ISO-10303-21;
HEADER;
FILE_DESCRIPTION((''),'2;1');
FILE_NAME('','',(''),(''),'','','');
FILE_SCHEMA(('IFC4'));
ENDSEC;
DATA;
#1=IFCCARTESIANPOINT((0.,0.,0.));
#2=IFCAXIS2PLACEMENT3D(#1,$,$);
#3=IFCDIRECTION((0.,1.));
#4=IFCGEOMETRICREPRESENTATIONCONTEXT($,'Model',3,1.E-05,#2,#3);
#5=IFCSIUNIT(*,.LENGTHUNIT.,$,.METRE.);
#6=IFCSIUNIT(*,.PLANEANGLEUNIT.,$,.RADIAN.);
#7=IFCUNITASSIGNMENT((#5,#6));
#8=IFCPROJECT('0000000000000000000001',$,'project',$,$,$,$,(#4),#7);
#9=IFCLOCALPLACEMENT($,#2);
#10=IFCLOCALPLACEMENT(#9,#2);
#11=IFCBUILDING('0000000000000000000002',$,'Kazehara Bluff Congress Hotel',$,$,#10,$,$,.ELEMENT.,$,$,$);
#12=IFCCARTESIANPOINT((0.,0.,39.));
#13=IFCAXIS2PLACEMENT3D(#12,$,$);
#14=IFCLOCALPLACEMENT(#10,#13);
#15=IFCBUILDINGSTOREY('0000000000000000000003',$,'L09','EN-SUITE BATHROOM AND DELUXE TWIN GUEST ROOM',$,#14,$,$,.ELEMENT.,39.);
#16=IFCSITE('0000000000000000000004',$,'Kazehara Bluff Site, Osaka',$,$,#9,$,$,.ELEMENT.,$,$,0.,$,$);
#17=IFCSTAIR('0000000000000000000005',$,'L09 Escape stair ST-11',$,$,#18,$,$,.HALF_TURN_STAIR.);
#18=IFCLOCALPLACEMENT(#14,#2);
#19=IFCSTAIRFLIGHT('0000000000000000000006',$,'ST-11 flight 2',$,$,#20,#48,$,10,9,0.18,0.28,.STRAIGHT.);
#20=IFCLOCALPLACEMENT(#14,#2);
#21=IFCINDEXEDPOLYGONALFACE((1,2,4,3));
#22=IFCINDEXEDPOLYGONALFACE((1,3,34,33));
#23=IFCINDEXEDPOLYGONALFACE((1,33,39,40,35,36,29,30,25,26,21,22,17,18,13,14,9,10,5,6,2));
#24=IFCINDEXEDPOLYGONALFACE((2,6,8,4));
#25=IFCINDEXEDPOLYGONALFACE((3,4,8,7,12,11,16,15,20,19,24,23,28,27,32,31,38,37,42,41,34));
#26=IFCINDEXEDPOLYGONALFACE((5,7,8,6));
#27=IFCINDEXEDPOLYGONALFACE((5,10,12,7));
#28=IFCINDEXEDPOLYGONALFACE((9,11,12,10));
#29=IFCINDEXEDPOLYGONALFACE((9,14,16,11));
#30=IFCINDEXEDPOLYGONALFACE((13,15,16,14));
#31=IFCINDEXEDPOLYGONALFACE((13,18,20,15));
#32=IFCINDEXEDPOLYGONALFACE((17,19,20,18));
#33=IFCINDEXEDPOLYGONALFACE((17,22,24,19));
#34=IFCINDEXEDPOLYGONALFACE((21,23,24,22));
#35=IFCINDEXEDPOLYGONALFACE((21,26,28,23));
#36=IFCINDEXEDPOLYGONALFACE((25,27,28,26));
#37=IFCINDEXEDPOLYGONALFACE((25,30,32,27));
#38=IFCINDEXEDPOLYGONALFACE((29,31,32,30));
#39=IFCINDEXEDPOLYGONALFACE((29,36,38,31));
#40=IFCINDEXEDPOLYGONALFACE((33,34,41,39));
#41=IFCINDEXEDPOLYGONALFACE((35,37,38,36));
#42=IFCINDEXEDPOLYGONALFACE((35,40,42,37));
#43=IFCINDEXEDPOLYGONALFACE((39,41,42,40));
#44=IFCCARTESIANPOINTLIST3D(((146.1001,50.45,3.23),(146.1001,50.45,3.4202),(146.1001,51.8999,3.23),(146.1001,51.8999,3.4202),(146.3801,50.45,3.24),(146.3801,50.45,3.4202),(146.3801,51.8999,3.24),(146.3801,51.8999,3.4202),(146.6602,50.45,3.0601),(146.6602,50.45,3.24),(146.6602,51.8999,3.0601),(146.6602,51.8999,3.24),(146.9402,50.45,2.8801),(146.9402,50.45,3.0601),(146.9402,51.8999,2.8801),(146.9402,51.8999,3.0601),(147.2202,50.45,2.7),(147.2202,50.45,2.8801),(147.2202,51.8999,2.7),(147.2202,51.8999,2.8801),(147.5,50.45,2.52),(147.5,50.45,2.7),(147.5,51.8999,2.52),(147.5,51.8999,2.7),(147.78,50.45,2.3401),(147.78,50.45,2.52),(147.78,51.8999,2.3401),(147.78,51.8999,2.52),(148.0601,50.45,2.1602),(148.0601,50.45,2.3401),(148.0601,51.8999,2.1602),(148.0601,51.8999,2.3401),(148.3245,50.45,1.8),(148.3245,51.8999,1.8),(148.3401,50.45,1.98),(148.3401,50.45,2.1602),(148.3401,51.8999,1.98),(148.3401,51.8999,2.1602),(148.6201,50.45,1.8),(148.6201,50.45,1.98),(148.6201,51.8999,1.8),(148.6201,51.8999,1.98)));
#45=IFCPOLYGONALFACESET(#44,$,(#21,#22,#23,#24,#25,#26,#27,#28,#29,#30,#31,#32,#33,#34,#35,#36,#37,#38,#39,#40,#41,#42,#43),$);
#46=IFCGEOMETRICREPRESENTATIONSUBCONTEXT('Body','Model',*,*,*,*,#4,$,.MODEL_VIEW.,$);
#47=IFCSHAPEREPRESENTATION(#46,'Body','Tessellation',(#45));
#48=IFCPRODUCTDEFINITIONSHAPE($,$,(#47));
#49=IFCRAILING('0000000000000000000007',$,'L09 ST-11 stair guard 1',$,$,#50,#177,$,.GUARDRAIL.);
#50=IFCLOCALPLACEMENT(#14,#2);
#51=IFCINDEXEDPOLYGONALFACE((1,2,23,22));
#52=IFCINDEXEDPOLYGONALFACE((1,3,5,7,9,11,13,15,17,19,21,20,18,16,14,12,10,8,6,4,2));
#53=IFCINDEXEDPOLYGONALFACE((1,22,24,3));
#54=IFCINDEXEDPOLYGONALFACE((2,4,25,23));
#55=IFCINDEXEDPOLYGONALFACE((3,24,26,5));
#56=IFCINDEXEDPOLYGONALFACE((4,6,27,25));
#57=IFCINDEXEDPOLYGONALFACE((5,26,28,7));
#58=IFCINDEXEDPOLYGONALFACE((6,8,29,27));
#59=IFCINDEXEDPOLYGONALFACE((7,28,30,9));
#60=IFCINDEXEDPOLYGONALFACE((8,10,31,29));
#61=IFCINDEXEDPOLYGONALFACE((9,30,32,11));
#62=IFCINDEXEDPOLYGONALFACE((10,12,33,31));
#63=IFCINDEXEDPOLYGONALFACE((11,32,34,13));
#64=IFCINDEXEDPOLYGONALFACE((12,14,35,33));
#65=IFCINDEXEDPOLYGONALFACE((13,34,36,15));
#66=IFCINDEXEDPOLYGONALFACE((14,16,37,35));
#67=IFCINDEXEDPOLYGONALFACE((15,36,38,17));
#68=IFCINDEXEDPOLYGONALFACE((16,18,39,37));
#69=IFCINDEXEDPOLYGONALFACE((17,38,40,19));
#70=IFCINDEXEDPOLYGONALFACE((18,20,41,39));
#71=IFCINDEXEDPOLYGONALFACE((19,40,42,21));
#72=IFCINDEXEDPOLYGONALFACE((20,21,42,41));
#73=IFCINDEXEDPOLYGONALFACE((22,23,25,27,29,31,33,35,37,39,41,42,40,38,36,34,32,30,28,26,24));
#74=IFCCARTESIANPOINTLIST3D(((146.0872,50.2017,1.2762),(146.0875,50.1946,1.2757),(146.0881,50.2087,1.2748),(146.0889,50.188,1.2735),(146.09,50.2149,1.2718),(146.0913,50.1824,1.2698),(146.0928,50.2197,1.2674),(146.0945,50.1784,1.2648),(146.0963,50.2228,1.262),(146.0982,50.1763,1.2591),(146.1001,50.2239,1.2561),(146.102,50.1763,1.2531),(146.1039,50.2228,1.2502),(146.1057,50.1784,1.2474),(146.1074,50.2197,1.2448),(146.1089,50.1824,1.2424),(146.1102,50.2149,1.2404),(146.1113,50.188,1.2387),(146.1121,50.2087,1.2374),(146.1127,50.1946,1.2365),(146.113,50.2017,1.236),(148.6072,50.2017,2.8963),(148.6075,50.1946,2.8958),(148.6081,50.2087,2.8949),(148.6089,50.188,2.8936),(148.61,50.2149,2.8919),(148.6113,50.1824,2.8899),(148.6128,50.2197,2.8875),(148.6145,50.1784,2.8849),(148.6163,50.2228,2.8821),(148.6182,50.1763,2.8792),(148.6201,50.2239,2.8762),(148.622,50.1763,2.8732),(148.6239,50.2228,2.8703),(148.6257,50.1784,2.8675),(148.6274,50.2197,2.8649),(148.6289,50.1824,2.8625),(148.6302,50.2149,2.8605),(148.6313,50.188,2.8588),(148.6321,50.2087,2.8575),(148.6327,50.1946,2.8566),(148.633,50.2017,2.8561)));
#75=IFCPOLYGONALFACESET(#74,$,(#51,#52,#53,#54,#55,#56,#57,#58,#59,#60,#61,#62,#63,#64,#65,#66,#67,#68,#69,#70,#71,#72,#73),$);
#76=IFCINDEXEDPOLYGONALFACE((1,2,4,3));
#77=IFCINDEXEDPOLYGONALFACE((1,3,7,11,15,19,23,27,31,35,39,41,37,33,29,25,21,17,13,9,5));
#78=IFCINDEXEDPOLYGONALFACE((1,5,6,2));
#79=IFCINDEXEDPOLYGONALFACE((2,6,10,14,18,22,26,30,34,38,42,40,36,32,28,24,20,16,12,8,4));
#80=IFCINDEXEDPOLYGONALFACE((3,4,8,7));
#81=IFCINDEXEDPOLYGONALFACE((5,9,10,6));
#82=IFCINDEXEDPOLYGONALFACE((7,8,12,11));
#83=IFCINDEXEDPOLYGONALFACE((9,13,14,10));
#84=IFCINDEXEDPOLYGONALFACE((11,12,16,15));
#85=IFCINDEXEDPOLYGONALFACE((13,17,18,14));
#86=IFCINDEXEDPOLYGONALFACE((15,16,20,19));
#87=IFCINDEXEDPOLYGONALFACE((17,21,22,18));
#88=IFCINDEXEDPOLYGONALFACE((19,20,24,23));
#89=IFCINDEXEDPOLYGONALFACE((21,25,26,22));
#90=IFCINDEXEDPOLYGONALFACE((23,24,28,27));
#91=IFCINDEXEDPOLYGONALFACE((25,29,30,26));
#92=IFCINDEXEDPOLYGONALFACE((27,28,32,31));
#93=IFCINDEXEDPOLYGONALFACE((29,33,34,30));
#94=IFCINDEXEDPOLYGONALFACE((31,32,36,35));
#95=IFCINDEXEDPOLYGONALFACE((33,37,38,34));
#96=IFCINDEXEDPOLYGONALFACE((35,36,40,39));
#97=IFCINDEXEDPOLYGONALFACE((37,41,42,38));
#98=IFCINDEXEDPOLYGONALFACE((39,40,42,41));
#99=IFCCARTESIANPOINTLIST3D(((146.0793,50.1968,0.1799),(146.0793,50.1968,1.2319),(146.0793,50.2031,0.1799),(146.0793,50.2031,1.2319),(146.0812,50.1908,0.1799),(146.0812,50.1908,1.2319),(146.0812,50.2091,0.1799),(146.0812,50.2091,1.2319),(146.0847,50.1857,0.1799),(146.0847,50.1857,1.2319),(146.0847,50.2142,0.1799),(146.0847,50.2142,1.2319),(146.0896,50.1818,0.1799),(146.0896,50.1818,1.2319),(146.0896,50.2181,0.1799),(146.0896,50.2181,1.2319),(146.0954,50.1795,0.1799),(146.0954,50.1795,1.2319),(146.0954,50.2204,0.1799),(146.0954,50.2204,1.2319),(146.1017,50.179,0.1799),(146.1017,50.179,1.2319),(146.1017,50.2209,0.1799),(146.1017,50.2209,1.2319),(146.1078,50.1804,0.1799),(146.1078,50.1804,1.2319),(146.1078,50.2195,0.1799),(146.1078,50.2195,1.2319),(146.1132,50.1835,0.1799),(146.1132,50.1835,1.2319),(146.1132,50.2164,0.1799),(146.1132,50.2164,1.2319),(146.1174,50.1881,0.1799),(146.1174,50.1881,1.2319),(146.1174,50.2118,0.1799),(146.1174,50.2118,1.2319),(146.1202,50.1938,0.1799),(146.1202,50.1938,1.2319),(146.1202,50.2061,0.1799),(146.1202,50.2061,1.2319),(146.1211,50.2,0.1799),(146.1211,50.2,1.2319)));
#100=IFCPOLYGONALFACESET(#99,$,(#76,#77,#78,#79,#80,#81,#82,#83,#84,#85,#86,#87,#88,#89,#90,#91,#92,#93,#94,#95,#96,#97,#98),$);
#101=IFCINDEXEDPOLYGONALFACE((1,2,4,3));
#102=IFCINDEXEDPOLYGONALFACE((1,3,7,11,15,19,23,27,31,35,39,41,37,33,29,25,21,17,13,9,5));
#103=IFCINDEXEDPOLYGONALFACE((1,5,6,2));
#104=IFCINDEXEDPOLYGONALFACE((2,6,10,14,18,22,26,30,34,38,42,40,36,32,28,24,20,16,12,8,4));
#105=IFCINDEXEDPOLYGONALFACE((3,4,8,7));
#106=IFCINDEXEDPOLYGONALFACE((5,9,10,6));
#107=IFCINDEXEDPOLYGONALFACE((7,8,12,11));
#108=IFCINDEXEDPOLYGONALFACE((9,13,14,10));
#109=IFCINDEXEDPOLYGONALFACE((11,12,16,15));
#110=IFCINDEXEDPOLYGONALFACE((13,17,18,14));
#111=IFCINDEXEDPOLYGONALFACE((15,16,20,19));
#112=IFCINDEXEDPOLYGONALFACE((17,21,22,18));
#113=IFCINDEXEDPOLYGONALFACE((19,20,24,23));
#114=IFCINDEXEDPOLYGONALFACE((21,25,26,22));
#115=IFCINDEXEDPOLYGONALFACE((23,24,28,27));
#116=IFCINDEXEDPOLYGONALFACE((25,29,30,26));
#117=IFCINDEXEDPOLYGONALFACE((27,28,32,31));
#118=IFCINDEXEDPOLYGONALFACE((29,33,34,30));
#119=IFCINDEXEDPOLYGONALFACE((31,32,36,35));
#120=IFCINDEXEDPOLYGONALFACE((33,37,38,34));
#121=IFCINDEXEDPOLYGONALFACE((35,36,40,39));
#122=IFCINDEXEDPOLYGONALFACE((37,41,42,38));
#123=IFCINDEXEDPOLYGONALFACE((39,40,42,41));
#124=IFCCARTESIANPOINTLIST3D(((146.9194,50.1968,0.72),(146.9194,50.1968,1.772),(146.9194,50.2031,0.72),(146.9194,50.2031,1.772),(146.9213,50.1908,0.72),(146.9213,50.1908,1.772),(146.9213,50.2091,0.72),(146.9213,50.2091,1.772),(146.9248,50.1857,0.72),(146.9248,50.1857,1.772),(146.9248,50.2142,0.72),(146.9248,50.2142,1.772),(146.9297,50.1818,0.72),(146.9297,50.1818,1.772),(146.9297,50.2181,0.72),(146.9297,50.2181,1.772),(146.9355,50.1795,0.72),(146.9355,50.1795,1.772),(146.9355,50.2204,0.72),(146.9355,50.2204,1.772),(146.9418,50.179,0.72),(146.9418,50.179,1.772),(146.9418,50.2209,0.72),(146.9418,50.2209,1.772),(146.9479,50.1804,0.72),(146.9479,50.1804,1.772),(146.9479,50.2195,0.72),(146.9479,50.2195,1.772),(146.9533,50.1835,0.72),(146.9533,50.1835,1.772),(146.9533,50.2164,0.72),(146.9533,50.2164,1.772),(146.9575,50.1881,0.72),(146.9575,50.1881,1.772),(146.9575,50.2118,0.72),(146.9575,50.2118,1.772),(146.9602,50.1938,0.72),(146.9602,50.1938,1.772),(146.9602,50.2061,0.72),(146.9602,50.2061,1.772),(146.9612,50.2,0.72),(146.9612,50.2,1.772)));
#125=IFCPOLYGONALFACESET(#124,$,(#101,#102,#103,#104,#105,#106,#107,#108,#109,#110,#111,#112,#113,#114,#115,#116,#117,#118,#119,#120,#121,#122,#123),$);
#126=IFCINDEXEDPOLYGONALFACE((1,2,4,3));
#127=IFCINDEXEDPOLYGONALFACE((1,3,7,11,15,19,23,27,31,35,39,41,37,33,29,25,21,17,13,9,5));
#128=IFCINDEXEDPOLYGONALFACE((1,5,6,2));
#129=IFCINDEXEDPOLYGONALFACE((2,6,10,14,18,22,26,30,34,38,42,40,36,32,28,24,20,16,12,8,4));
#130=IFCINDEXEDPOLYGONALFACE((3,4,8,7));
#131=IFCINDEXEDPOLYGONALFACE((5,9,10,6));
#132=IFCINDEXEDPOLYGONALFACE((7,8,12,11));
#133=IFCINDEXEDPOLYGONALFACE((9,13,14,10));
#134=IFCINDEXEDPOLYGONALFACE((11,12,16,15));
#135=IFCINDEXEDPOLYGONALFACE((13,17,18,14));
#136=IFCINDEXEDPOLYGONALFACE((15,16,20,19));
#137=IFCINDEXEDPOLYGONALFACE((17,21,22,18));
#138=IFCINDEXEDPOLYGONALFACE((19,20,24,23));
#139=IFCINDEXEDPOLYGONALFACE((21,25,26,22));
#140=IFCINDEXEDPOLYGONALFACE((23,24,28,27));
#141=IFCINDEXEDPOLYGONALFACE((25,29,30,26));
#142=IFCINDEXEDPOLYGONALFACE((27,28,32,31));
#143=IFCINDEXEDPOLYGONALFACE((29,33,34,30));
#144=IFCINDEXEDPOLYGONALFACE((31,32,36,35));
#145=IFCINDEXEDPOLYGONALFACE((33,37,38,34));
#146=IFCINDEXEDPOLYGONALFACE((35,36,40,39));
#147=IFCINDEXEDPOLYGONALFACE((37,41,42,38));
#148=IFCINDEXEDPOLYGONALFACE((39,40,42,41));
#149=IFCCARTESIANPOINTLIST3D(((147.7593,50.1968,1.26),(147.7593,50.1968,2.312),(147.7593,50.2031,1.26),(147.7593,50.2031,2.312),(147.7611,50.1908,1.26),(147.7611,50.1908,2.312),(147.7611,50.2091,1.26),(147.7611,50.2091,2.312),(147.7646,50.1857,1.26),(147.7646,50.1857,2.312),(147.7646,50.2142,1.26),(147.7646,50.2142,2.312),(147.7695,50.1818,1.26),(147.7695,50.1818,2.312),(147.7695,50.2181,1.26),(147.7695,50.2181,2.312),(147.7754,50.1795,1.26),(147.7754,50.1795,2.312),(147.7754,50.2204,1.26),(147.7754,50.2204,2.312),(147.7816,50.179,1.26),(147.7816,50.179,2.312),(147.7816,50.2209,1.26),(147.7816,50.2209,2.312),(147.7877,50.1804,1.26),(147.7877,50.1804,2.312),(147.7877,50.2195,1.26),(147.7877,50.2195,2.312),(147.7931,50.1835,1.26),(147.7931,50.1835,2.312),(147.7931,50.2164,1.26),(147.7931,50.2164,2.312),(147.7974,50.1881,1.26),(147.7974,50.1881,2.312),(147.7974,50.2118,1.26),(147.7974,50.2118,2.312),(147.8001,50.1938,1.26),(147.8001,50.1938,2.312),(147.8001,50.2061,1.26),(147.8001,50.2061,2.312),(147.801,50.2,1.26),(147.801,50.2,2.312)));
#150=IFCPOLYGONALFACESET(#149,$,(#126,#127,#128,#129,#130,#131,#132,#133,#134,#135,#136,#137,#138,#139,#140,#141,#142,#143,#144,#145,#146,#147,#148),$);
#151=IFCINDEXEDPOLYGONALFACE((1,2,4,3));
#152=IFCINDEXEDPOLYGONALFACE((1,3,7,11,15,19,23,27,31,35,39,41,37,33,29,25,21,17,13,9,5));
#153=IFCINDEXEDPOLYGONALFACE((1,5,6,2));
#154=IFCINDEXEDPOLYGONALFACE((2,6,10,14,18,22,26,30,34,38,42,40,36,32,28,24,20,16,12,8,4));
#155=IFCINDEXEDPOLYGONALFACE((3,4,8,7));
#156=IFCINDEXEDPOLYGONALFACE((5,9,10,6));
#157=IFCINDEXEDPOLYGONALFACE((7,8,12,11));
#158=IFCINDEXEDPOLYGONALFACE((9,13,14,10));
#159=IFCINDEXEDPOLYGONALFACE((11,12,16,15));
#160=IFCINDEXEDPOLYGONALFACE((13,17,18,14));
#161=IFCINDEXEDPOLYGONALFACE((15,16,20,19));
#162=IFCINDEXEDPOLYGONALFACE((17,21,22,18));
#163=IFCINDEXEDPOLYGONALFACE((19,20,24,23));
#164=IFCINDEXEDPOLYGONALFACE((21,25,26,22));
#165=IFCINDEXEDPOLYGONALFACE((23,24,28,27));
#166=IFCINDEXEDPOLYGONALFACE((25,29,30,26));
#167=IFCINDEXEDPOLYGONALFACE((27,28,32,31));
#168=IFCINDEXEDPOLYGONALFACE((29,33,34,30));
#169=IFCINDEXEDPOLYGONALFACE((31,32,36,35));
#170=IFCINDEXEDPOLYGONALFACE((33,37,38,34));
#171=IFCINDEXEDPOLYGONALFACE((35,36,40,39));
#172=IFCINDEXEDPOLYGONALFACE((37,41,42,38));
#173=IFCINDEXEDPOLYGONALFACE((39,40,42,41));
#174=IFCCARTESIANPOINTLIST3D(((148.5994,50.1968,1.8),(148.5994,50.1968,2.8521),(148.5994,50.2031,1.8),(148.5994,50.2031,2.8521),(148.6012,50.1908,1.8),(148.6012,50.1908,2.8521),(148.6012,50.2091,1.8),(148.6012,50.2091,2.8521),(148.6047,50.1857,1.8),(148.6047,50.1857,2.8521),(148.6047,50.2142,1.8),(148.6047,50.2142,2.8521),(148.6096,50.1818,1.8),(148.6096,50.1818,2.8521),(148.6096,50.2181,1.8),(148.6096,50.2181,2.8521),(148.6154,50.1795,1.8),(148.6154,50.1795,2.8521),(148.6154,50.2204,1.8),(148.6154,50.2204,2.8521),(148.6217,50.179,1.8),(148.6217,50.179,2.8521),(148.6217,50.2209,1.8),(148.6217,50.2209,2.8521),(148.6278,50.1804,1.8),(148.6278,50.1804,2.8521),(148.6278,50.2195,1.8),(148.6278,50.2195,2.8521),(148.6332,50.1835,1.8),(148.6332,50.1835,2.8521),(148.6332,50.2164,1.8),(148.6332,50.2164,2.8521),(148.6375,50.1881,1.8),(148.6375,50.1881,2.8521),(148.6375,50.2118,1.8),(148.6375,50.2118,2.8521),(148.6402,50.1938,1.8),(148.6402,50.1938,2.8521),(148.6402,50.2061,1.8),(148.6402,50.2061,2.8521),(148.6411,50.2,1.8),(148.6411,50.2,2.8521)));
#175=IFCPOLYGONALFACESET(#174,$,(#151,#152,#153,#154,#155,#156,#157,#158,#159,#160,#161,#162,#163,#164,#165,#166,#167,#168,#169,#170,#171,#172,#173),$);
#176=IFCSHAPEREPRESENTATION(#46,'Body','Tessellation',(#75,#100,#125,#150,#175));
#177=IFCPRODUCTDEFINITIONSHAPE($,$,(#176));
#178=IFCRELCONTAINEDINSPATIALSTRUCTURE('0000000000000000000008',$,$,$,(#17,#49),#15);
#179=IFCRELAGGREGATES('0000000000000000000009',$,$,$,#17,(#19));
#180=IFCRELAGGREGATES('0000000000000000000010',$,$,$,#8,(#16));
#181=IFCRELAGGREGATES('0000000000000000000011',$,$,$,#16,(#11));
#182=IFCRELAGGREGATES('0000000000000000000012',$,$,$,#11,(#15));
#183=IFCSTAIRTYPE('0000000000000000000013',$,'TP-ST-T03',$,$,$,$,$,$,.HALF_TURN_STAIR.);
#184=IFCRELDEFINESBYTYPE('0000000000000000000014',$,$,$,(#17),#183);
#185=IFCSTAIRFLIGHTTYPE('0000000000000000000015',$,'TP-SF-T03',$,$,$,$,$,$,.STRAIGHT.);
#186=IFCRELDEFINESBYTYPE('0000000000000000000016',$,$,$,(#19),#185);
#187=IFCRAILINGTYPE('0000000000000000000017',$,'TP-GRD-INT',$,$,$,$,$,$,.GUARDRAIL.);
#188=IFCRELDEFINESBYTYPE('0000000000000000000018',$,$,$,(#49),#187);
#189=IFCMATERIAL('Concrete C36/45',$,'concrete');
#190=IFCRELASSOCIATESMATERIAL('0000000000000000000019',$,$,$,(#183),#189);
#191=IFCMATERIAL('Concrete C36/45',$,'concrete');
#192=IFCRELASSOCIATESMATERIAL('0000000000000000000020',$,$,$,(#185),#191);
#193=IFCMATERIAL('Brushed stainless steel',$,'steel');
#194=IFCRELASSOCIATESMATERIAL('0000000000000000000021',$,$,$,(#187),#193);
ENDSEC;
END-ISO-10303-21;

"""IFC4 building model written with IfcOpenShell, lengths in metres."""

from ifc_helpers import new_model, si_unit, direction, frame, origin, origin_2d, place, context, subcontext, project, spatial, polyline, circle, outline, extrude, material, type_object, element, aggregate, save


model = new_model("IFC4")

# Units and contexts
model_context = context("Model", 3, precision=1e-05, world=origin(), true_north=direction((0.0, 1.0)))
body_context = subcontext(model_context, "Body", "Model", "MODEL_VIEW")
ifc_project = project(units=[si_unit("LENGTHUNIT", "METRE"), si_unit("PLANEANGLEUNIT", "RADIAN")], contexts=[model_context])

# Site, building, storey
site_placement = place(None, origin())
site = spatial("IfcSite", under=ifc_project, at=site_placement, Name="Kazehara Bluff Site, Osaka", CompositionType="ELEMENT", RefElevation=0.0)
building_placement = place(site_placement, origin())
building = spatial("IfcBuilding", under=site, at=building_placement, Name="Kazehara Bluff Congress Hotel", CompositionType="ELEMENT")
storey_placement = place(building_placement, frame((0.0, 0.0, 39.0)))
storey = spatial("IfcBuildingStorey", under=building, at=storey_placement, Name="L09", Description="EN-SUITE BATHROOM AND DELUXE TWIN GUEST ROOM", CompositionType="ELEMENT", Elevation=39.0)

# Stair, stair flight
ifc_material_1 = material(Name="Concrete C36/45", Category="concrete")
stair_type = type_object("IfcStairType", Name="TP-ST-T03", PredefinedType="HALF_TURN_STAIR", material=ifc_material_1)
stair_placement = place(storey_placement, origin())
stair = element("IfcStair", 1, at=stair_placement, inside=storey, type_object=stair_type, Name="L09 Escape stair ST-11", PredefinedType="HALF_TURN_STAIR")
ifc_material_2 = material(Name="Concrete C36/45", Category="concrete")
stair_flight_type = type_object("IfcStairFlightType", Name="TP-SF-T03", PredefinedType="STRAIGHT", material=ifc_material_2)
stair_flight_1_placement = place(storey_placement, frame((148.6201, 51.175, 1.8), z_axis=(0.0, 0.0, 1.0), x_axis=(-1.0, 0.0, 0.0)))
stair_flight_1 = element("IfcStairFlight", 2, at=stair_flight_1_placement, type_object=stair_flight_type, Name="ST-11 flight 2", NumberOfRisers=10, NumberOfTreads=9, PredefinedType="STRAIGHT", RiserHeight=0.18, TreadLength=0.28, context=body_context, shape_type="SweptSolid", body=[
    extrude(outline(polyline([(0.0, 0.0), (0.0, 0.1799), (0.28, 0.1799), (0.28, 0.3601), (0.5601, 0.3601), (0.5601, 0.54), (0.8401, 0.54), (0.8401, 0.72), (1.1201, 0.72), (1.1201, 0.8999), (1.3999, 0.8999), (1.3999, 1.0801), (1.6799, 1.0801), (1.6799, 1.26), (1.96, 1.26), (1.96, 1.4399), (2.24, 1.4399), (2.24, 1.6201), (2.52, 1.6201), (2.52, 1.8), (2.52, 1.4299), (0.2957, 0.0), (0.0, 0.0)])), frame((0.0, 0.7251, 0.0), z_axis=(0.0, -1.0, 0.0), x_axis=(1.0, 0.0, 0.0)), (0.0, 0.0, 1.0), 1.45),
])
aggregate(stair, [stair_flight_1])

# Railing
ifc_material_3 = material(Name="Brushed stainless steel", Category="steel")
railing_type_1 = type_object("IfcRailingType", Name="TP-GRD-INT", PredefinedType="GUARDRAIL", material=ifc_material_3)
railing_1_placement = place(storey_placement, frame((146.1001, 50.2, 0.1799)))
element("IfcRailing", 3, at=railing_1_placement, inside=storey, type_object=railing_type_1, Name="L09 ST-11 stair guard 1", PredefinedType="GUARDRAIL", context=body_context, shape_type="SweptSolid", body=[
    extrude(circle(Radius=0.0239, at=origin_2d()), frame((0.0, 0.0, 1.0762), z_axis=(0.841163, 0.0, 0.540782), x_axis=(0.0, 1.0, 0.0)), (0.0, 0.0, 1.0), 2.9958),
    extrude(circle(Radius=0.021, at=origin_2d()), origin(), (0.0, 0.0, 1.0), 1.052),
    extrude(circle(Radius=0.021, at=origin_2d()), frame((0.8401, 0.0, 0.54)), (0.0, 0.0, 1.0), 1.052),
    extrude(circle(Radius=0.021, at=origin_2d()), frame((1.6799, 0.0, 1.0801)), (0.0, 0.0, 1.0), 1.052),
    extrude(circle(Radius=0.021, at=origin_2d()), frame((2.52, 0.0, 1.6201)), (0.0, 0.0, 1.0), 1.052),
])

save(model, "model.ifc")
